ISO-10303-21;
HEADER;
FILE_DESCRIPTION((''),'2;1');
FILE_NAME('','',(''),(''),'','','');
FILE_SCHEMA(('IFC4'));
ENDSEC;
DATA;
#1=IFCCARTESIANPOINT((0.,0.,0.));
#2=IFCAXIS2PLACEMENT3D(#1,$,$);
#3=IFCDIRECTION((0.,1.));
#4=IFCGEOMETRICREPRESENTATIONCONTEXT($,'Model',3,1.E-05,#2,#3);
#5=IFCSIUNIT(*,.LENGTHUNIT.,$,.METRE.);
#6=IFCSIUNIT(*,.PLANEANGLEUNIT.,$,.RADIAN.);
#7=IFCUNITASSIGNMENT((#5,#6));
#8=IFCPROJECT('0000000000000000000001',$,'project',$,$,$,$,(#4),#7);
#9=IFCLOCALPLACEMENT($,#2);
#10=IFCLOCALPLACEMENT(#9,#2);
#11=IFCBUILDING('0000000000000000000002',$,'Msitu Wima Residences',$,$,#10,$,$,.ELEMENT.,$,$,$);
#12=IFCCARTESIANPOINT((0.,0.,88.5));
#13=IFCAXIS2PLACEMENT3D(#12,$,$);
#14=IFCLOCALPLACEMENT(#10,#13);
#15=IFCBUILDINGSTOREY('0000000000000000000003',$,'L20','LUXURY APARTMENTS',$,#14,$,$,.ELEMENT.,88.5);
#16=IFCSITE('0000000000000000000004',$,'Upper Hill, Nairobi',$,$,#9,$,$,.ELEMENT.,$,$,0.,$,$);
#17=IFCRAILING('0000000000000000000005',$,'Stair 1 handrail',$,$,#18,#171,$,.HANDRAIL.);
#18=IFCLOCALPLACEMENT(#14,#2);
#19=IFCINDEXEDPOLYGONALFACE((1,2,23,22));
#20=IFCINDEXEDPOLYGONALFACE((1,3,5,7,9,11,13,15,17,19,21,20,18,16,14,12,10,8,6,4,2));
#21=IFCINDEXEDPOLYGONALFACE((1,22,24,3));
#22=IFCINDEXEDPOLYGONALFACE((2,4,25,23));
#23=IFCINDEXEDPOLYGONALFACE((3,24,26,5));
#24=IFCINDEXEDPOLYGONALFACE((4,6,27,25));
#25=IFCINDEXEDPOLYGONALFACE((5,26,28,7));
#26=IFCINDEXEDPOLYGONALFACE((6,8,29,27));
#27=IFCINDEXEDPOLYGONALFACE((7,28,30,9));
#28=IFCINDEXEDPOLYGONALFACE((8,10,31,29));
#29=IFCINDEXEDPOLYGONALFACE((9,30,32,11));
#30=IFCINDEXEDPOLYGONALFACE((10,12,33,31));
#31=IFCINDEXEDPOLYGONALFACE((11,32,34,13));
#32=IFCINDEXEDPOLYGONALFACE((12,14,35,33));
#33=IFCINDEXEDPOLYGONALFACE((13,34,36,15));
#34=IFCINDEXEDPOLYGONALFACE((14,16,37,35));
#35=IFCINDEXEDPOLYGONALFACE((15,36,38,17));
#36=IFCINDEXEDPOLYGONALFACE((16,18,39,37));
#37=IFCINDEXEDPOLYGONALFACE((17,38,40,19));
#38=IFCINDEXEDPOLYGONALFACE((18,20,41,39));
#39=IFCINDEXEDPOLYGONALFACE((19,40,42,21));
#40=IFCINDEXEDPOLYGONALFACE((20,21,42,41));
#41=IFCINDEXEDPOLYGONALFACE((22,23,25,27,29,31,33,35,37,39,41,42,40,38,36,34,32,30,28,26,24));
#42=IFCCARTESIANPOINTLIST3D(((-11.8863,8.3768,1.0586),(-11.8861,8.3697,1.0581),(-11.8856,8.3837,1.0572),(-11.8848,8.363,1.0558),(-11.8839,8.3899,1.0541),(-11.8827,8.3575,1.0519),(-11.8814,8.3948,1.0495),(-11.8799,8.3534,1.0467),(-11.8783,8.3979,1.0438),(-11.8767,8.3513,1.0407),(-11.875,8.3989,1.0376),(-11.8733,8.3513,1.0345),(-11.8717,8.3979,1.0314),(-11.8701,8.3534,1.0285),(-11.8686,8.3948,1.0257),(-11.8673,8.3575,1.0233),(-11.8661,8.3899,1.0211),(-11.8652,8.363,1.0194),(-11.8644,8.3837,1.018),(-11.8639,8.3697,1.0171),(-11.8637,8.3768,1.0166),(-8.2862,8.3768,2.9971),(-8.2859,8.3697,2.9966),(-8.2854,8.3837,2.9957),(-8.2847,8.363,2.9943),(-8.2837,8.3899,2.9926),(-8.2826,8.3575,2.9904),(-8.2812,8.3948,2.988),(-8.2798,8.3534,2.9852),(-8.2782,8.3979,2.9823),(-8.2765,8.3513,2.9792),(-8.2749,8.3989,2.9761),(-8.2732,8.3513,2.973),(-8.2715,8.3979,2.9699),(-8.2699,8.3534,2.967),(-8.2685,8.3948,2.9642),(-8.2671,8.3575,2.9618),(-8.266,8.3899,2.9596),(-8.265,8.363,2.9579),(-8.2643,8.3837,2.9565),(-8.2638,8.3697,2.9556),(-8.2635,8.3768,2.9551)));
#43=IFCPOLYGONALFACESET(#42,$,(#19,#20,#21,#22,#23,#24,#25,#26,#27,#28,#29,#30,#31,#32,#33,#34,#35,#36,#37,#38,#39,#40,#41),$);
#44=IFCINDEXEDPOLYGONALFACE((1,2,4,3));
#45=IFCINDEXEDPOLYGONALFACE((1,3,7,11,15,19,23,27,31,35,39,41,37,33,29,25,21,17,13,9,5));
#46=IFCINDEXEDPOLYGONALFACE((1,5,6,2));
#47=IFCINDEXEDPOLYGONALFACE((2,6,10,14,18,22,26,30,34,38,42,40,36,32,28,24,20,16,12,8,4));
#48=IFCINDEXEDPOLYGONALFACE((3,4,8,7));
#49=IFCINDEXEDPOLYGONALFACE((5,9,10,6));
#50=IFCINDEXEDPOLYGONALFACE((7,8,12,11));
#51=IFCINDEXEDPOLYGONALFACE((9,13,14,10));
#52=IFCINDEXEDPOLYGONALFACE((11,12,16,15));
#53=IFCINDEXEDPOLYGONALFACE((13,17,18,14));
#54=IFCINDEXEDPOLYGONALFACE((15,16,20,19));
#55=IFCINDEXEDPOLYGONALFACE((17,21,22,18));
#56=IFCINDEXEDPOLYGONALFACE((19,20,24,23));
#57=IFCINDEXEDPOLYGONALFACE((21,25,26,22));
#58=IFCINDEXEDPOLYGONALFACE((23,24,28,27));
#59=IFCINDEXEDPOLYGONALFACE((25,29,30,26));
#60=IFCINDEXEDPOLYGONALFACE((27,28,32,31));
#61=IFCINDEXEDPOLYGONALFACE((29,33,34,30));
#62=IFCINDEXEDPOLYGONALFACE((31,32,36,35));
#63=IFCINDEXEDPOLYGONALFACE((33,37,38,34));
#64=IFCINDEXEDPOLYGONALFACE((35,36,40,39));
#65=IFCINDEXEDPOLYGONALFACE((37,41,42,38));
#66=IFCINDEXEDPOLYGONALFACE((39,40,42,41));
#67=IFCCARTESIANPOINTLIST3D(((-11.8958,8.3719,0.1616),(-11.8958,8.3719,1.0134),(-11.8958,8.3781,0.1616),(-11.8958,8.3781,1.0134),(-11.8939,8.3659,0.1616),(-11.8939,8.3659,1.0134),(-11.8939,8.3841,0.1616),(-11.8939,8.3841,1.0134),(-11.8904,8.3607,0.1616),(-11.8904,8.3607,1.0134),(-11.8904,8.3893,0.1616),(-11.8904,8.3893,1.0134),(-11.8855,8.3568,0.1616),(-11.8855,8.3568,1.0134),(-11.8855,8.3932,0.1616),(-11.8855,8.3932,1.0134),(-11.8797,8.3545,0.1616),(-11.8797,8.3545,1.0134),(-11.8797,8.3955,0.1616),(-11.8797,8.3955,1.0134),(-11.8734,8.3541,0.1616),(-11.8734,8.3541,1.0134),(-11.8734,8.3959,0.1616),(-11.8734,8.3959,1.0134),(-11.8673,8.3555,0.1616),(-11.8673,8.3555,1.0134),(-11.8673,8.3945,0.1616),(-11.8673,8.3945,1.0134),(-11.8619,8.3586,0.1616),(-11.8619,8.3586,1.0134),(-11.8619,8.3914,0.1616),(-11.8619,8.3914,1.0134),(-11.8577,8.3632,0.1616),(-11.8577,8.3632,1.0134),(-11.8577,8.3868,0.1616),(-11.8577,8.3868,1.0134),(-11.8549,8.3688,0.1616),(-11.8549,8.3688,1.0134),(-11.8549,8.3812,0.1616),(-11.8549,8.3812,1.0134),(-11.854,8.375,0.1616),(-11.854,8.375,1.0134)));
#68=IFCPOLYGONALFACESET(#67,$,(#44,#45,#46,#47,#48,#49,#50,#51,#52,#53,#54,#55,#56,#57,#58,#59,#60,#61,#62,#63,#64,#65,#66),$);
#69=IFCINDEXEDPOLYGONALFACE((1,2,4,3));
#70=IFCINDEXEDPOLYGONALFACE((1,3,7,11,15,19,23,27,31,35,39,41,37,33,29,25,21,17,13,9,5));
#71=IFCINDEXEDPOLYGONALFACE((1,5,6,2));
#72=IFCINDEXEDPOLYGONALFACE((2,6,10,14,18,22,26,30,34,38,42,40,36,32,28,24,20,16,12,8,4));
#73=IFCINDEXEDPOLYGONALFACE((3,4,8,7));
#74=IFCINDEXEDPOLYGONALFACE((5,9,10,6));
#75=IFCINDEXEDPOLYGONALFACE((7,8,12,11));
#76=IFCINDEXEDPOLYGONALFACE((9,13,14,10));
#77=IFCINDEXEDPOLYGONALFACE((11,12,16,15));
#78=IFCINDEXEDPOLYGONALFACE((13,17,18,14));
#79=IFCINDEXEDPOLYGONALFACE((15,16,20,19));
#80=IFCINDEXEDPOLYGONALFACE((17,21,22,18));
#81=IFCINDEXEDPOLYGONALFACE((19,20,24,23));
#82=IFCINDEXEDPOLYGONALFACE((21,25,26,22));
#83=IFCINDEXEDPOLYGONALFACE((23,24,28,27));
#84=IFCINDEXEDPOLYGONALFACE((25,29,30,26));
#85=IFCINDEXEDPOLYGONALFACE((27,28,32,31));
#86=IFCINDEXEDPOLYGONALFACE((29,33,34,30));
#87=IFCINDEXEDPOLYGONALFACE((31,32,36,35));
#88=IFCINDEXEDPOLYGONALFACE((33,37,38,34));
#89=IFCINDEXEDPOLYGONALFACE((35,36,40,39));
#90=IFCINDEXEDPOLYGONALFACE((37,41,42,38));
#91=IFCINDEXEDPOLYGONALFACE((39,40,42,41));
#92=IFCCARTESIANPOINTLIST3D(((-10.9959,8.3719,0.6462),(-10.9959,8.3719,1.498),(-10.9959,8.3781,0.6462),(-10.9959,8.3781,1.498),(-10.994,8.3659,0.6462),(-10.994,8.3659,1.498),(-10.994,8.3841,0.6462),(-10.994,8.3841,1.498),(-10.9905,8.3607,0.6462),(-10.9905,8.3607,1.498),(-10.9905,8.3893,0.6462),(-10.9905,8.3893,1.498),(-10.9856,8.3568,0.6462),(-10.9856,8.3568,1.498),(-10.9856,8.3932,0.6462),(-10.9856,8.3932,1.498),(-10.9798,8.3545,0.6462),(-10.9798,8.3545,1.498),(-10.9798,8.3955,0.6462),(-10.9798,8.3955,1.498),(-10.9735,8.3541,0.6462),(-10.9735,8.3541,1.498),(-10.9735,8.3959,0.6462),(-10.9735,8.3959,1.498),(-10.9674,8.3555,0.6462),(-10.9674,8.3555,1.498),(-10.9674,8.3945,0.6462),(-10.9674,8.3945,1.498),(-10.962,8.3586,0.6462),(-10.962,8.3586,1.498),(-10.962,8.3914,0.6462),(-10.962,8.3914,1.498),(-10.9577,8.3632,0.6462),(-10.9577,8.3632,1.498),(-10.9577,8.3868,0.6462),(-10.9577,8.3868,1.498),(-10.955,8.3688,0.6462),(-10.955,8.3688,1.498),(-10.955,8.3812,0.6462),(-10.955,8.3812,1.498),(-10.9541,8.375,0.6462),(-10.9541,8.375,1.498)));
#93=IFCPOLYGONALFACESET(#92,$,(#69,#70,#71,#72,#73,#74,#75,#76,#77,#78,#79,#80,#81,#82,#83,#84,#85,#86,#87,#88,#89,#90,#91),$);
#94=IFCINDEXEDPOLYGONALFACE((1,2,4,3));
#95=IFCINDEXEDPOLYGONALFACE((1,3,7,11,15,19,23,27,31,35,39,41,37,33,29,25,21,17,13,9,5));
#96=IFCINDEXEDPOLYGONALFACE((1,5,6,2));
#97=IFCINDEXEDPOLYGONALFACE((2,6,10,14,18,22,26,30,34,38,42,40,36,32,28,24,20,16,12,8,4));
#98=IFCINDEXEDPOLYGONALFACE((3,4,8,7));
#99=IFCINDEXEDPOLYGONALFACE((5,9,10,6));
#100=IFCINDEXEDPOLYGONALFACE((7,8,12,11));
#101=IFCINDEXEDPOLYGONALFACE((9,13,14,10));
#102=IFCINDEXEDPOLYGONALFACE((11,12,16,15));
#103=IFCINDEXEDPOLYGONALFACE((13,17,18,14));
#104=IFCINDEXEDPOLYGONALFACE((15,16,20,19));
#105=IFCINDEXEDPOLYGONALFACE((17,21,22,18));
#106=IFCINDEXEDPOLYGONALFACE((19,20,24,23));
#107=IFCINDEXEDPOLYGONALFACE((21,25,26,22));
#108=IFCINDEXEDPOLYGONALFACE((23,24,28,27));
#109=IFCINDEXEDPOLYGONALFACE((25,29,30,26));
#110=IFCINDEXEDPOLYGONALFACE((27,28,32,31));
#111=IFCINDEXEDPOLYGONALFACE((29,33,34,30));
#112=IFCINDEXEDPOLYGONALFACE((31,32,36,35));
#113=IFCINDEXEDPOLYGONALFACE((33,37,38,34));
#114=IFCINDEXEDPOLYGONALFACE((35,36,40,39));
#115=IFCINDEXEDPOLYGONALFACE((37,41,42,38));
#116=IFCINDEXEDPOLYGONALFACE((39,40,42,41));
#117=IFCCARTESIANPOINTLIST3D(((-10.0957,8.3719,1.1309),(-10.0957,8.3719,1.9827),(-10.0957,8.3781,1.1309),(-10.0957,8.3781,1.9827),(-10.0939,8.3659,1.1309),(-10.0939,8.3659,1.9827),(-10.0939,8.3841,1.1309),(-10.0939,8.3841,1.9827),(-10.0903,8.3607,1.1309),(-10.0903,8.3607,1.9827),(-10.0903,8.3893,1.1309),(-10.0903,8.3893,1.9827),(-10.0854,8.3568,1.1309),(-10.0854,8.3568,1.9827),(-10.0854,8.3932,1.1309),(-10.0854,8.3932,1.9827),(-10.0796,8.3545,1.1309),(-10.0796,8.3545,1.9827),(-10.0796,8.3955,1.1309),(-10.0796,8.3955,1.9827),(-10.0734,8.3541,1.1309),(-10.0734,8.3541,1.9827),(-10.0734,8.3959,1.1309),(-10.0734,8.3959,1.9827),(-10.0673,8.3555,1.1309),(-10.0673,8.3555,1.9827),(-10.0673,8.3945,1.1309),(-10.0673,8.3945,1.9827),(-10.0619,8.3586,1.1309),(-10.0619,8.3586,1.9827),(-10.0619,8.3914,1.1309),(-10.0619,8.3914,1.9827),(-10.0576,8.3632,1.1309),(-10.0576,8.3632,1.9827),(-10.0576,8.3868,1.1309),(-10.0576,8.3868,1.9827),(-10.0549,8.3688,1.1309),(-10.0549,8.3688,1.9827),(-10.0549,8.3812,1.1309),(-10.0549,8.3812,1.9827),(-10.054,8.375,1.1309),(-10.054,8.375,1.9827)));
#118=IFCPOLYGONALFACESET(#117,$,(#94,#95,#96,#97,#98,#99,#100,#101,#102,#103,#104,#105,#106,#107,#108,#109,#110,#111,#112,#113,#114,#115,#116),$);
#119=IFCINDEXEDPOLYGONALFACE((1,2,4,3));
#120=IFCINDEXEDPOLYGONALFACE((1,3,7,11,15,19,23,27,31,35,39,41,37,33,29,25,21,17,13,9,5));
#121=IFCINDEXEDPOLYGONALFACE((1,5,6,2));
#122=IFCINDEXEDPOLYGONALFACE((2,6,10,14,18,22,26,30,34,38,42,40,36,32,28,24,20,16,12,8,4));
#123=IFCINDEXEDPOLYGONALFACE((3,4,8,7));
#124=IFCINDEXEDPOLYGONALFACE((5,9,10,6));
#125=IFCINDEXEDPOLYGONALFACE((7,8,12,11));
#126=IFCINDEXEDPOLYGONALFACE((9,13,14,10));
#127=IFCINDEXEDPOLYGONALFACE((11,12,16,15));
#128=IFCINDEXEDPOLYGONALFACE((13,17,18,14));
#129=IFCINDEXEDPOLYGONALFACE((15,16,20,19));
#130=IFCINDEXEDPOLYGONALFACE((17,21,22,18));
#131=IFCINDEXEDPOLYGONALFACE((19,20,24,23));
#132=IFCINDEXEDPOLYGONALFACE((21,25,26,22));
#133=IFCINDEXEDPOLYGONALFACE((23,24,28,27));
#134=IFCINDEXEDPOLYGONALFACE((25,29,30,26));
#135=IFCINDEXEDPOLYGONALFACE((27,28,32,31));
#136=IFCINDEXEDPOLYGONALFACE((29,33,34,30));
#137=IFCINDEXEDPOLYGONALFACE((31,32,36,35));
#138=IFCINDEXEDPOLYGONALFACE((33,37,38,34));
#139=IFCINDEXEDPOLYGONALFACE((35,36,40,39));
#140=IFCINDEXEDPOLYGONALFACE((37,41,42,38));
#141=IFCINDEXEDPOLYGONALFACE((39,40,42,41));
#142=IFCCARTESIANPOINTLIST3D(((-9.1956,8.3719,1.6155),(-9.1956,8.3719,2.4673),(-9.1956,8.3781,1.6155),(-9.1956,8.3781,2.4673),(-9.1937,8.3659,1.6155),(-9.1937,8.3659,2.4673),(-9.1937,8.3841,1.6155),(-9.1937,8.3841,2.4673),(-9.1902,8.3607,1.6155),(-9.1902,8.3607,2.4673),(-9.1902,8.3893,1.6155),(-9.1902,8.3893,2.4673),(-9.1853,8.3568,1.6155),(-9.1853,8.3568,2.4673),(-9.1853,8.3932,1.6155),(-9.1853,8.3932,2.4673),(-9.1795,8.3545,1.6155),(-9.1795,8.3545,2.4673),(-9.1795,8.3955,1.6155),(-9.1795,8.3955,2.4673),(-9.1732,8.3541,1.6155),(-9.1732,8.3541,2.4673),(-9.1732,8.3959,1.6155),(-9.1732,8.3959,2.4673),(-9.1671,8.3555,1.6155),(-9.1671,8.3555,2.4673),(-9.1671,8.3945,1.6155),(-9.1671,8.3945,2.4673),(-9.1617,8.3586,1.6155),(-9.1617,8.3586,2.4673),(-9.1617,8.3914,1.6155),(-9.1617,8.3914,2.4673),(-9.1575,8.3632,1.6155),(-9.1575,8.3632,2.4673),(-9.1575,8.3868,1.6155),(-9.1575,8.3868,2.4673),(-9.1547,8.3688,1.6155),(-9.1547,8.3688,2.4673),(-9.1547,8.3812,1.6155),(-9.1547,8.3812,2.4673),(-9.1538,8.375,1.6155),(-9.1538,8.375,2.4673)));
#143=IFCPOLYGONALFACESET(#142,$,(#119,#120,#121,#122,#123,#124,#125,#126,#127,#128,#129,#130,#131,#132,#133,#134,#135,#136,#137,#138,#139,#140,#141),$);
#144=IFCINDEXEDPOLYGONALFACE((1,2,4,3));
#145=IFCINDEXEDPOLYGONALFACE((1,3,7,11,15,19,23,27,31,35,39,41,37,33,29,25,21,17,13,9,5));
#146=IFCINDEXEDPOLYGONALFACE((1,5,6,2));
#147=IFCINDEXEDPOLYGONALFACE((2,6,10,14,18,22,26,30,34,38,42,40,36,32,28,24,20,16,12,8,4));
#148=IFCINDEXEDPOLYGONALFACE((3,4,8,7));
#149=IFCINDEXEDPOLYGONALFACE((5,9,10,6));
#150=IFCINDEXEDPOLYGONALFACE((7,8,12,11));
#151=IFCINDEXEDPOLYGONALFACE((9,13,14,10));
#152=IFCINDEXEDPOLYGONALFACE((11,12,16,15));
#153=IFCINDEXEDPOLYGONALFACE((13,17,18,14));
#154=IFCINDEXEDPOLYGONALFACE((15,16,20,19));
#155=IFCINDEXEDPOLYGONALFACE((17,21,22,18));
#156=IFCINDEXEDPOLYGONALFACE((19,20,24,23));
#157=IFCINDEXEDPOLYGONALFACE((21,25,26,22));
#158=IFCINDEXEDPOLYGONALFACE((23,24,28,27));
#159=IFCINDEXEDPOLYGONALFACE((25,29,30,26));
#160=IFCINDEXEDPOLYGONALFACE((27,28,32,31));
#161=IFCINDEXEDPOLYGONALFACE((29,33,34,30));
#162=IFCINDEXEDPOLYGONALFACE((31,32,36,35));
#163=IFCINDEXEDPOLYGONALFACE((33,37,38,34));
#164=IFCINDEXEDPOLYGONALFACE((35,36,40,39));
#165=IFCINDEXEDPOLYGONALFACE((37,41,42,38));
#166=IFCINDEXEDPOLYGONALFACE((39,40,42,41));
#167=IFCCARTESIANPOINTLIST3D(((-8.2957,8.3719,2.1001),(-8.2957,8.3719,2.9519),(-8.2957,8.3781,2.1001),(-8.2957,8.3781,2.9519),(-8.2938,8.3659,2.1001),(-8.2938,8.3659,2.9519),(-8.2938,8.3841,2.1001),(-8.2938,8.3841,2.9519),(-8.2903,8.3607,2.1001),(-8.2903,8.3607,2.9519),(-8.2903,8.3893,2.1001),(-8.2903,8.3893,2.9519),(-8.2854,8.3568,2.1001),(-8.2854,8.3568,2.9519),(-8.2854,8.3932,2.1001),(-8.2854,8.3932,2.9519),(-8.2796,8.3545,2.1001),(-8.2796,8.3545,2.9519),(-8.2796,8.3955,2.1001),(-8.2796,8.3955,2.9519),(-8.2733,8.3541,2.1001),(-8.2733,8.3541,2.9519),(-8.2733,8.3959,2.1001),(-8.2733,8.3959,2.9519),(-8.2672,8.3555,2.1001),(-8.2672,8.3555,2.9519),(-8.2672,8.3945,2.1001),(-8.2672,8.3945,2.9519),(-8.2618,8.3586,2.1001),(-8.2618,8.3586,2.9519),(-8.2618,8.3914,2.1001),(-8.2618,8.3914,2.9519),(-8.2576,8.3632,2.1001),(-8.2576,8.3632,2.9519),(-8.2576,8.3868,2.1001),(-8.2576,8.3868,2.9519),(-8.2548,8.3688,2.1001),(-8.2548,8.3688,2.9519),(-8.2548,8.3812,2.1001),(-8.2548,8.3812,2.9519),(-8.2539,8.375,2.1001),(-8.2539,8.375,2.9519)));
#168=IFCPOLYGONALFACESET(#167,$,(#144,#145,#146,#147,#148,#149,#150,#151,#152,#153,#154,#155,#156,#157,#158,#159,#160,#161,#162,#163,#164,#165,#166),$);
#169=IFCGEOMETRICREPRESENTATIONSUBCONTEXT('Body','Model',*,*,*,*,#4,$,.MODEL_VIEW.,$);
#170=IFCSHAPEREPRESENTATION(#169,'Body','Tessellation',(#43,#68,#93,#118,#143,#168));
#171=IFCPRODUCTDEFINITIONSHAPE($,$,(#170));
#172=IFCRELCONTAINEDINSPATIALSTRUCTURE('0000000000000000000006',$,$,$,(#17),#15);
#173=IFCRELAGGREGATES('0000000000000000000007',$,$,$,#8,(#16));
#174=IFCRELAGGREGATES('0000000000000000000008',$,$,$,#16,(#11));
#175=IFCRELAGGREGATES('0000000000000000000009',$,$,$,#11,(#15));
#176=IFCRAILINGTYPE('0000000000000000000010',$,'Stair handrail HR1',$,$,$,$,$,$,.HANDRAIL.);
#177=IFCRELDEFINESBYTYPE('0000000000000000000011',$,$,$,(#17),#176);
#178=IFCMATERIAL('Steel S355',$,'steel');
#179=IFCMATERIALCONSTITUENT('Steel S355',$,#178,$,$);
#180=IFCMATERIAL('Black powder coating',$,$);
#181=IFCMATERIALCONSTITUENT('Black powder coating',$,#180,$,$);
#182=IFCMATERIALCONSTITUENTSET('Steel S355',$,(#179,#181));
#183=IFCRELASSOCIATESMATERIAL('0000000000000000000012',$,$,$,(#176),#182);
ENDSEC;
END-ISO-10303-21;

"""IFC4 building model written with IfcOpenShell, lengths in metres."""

from ifc_helpers import new_model, si_unit, direction, frame, origin, origin_2d, place, context, subcontext, project, spatial, circle, extrude, material, constituent, constituent_set, type_object, element, save


model = new_model("IFC4")

# Units and contexts
model_context = context("Model", 3, precision=1e-05, world=origin(), true_north=direction((0.0, 1.0)))
body_context = subcontext(model_context, "Body", "Model", "MODEL_VIEW")
ifc_project = project(units=[si_unit("LENGTHUNIT", "METRE"), si_unit("PLANEANGLEUNIT", "RADIAN")], contexts=[model_context])

# Site, building, storey
site_placement = place(None, origin())
site = spatial("IfcSite", under=ifc_project, at=site_placement, Name="Upper Hill, Nairobi", CompositionType="ELEMENT", RefElevation=0.0)
building_placement = place(site_placement, origin())
building = spatial("IfcBuilding", under=site, at=building_placement, Name="Msitu Wima Residences", CompositionType="ELEMENT")
storey_placement = place(building_placement, frame((0.0, 0.0, 88.5)))
storey = spatial("IfcBuildingStorey", under=building, at=storey_placement, Name="L20", Description="LUXURY APARTMENTS", CompositionType="ELEMENT", Elevation=88.5)

# Railing
ifc_material_1 = material(Name="Steel S355", Category="steel")
ifc_constituent_1 = constituent(ifc_material_1, Name="Steel S355")
ifc_material_2 = material(Name="Black powder coating")
ifc_constituent_2 = constituent(ifc_material_2, Name="Black powder coating")
ifc_constituent_set = constituent_set(constituents=[ifc_constituent_1, ifc_constituent_2], Name="Steel S355")
railing_type = type_object("IfcRailingType", Name="Stair handrail HR1", PredefinedType="HANDRAIL", material=ifc_constituent_set)
for number, where, name in (
    (1, (-11.875, 8.375, 0.1616), "Stair 1 handrail"),
):
    element("IfcRailing", number, at=place(storey_placement, frame(where)), inside=storey, type_object=railing_type, Name=name, PredefinedType="HANDRAIL", context=body_context, shape_type="SweptSolid", body=[
        extrude(circle(Radius=0.0239, at=origin_2d()), frame((0.0, 0.0, 0.876), z_axis=(0.880475, 0.0, 0.474093), x_axis=(0.0, 1.0, 0.0)), (0.0, 0.0, 1.0), 4.0889),
        extrude(circle(Radius=0.021, at=origin_2d()), origin(), (0.0, 0.0, 1.0), 0.8518),
        extrude(circle(Radius=0.021, at=origin_2d()), frame((0.8999, 0.0, 0.4846)), (0.0, 0.0, 1.0), 0.8518),
        extrude(circle(Radius=0.021, at=origin_2d()), frame((1.8, 0.0, 0.9692)), (0.0, 0.0, 1.0), 0.8518),
        extrude(circle(Radius=0.021, at=origin_2d()), frame((2.7002, 0.0, 1.4539)), (0.0, 0.0, 1.0), 0.8518),
        extrude(circle(Radius=0.021, at=origin_2d()), frame((3.6001, 0.0, 1.9385)), (0.0, 0.0, 1.0), 0.8518),
    ])

save(model, "model.ifc")
